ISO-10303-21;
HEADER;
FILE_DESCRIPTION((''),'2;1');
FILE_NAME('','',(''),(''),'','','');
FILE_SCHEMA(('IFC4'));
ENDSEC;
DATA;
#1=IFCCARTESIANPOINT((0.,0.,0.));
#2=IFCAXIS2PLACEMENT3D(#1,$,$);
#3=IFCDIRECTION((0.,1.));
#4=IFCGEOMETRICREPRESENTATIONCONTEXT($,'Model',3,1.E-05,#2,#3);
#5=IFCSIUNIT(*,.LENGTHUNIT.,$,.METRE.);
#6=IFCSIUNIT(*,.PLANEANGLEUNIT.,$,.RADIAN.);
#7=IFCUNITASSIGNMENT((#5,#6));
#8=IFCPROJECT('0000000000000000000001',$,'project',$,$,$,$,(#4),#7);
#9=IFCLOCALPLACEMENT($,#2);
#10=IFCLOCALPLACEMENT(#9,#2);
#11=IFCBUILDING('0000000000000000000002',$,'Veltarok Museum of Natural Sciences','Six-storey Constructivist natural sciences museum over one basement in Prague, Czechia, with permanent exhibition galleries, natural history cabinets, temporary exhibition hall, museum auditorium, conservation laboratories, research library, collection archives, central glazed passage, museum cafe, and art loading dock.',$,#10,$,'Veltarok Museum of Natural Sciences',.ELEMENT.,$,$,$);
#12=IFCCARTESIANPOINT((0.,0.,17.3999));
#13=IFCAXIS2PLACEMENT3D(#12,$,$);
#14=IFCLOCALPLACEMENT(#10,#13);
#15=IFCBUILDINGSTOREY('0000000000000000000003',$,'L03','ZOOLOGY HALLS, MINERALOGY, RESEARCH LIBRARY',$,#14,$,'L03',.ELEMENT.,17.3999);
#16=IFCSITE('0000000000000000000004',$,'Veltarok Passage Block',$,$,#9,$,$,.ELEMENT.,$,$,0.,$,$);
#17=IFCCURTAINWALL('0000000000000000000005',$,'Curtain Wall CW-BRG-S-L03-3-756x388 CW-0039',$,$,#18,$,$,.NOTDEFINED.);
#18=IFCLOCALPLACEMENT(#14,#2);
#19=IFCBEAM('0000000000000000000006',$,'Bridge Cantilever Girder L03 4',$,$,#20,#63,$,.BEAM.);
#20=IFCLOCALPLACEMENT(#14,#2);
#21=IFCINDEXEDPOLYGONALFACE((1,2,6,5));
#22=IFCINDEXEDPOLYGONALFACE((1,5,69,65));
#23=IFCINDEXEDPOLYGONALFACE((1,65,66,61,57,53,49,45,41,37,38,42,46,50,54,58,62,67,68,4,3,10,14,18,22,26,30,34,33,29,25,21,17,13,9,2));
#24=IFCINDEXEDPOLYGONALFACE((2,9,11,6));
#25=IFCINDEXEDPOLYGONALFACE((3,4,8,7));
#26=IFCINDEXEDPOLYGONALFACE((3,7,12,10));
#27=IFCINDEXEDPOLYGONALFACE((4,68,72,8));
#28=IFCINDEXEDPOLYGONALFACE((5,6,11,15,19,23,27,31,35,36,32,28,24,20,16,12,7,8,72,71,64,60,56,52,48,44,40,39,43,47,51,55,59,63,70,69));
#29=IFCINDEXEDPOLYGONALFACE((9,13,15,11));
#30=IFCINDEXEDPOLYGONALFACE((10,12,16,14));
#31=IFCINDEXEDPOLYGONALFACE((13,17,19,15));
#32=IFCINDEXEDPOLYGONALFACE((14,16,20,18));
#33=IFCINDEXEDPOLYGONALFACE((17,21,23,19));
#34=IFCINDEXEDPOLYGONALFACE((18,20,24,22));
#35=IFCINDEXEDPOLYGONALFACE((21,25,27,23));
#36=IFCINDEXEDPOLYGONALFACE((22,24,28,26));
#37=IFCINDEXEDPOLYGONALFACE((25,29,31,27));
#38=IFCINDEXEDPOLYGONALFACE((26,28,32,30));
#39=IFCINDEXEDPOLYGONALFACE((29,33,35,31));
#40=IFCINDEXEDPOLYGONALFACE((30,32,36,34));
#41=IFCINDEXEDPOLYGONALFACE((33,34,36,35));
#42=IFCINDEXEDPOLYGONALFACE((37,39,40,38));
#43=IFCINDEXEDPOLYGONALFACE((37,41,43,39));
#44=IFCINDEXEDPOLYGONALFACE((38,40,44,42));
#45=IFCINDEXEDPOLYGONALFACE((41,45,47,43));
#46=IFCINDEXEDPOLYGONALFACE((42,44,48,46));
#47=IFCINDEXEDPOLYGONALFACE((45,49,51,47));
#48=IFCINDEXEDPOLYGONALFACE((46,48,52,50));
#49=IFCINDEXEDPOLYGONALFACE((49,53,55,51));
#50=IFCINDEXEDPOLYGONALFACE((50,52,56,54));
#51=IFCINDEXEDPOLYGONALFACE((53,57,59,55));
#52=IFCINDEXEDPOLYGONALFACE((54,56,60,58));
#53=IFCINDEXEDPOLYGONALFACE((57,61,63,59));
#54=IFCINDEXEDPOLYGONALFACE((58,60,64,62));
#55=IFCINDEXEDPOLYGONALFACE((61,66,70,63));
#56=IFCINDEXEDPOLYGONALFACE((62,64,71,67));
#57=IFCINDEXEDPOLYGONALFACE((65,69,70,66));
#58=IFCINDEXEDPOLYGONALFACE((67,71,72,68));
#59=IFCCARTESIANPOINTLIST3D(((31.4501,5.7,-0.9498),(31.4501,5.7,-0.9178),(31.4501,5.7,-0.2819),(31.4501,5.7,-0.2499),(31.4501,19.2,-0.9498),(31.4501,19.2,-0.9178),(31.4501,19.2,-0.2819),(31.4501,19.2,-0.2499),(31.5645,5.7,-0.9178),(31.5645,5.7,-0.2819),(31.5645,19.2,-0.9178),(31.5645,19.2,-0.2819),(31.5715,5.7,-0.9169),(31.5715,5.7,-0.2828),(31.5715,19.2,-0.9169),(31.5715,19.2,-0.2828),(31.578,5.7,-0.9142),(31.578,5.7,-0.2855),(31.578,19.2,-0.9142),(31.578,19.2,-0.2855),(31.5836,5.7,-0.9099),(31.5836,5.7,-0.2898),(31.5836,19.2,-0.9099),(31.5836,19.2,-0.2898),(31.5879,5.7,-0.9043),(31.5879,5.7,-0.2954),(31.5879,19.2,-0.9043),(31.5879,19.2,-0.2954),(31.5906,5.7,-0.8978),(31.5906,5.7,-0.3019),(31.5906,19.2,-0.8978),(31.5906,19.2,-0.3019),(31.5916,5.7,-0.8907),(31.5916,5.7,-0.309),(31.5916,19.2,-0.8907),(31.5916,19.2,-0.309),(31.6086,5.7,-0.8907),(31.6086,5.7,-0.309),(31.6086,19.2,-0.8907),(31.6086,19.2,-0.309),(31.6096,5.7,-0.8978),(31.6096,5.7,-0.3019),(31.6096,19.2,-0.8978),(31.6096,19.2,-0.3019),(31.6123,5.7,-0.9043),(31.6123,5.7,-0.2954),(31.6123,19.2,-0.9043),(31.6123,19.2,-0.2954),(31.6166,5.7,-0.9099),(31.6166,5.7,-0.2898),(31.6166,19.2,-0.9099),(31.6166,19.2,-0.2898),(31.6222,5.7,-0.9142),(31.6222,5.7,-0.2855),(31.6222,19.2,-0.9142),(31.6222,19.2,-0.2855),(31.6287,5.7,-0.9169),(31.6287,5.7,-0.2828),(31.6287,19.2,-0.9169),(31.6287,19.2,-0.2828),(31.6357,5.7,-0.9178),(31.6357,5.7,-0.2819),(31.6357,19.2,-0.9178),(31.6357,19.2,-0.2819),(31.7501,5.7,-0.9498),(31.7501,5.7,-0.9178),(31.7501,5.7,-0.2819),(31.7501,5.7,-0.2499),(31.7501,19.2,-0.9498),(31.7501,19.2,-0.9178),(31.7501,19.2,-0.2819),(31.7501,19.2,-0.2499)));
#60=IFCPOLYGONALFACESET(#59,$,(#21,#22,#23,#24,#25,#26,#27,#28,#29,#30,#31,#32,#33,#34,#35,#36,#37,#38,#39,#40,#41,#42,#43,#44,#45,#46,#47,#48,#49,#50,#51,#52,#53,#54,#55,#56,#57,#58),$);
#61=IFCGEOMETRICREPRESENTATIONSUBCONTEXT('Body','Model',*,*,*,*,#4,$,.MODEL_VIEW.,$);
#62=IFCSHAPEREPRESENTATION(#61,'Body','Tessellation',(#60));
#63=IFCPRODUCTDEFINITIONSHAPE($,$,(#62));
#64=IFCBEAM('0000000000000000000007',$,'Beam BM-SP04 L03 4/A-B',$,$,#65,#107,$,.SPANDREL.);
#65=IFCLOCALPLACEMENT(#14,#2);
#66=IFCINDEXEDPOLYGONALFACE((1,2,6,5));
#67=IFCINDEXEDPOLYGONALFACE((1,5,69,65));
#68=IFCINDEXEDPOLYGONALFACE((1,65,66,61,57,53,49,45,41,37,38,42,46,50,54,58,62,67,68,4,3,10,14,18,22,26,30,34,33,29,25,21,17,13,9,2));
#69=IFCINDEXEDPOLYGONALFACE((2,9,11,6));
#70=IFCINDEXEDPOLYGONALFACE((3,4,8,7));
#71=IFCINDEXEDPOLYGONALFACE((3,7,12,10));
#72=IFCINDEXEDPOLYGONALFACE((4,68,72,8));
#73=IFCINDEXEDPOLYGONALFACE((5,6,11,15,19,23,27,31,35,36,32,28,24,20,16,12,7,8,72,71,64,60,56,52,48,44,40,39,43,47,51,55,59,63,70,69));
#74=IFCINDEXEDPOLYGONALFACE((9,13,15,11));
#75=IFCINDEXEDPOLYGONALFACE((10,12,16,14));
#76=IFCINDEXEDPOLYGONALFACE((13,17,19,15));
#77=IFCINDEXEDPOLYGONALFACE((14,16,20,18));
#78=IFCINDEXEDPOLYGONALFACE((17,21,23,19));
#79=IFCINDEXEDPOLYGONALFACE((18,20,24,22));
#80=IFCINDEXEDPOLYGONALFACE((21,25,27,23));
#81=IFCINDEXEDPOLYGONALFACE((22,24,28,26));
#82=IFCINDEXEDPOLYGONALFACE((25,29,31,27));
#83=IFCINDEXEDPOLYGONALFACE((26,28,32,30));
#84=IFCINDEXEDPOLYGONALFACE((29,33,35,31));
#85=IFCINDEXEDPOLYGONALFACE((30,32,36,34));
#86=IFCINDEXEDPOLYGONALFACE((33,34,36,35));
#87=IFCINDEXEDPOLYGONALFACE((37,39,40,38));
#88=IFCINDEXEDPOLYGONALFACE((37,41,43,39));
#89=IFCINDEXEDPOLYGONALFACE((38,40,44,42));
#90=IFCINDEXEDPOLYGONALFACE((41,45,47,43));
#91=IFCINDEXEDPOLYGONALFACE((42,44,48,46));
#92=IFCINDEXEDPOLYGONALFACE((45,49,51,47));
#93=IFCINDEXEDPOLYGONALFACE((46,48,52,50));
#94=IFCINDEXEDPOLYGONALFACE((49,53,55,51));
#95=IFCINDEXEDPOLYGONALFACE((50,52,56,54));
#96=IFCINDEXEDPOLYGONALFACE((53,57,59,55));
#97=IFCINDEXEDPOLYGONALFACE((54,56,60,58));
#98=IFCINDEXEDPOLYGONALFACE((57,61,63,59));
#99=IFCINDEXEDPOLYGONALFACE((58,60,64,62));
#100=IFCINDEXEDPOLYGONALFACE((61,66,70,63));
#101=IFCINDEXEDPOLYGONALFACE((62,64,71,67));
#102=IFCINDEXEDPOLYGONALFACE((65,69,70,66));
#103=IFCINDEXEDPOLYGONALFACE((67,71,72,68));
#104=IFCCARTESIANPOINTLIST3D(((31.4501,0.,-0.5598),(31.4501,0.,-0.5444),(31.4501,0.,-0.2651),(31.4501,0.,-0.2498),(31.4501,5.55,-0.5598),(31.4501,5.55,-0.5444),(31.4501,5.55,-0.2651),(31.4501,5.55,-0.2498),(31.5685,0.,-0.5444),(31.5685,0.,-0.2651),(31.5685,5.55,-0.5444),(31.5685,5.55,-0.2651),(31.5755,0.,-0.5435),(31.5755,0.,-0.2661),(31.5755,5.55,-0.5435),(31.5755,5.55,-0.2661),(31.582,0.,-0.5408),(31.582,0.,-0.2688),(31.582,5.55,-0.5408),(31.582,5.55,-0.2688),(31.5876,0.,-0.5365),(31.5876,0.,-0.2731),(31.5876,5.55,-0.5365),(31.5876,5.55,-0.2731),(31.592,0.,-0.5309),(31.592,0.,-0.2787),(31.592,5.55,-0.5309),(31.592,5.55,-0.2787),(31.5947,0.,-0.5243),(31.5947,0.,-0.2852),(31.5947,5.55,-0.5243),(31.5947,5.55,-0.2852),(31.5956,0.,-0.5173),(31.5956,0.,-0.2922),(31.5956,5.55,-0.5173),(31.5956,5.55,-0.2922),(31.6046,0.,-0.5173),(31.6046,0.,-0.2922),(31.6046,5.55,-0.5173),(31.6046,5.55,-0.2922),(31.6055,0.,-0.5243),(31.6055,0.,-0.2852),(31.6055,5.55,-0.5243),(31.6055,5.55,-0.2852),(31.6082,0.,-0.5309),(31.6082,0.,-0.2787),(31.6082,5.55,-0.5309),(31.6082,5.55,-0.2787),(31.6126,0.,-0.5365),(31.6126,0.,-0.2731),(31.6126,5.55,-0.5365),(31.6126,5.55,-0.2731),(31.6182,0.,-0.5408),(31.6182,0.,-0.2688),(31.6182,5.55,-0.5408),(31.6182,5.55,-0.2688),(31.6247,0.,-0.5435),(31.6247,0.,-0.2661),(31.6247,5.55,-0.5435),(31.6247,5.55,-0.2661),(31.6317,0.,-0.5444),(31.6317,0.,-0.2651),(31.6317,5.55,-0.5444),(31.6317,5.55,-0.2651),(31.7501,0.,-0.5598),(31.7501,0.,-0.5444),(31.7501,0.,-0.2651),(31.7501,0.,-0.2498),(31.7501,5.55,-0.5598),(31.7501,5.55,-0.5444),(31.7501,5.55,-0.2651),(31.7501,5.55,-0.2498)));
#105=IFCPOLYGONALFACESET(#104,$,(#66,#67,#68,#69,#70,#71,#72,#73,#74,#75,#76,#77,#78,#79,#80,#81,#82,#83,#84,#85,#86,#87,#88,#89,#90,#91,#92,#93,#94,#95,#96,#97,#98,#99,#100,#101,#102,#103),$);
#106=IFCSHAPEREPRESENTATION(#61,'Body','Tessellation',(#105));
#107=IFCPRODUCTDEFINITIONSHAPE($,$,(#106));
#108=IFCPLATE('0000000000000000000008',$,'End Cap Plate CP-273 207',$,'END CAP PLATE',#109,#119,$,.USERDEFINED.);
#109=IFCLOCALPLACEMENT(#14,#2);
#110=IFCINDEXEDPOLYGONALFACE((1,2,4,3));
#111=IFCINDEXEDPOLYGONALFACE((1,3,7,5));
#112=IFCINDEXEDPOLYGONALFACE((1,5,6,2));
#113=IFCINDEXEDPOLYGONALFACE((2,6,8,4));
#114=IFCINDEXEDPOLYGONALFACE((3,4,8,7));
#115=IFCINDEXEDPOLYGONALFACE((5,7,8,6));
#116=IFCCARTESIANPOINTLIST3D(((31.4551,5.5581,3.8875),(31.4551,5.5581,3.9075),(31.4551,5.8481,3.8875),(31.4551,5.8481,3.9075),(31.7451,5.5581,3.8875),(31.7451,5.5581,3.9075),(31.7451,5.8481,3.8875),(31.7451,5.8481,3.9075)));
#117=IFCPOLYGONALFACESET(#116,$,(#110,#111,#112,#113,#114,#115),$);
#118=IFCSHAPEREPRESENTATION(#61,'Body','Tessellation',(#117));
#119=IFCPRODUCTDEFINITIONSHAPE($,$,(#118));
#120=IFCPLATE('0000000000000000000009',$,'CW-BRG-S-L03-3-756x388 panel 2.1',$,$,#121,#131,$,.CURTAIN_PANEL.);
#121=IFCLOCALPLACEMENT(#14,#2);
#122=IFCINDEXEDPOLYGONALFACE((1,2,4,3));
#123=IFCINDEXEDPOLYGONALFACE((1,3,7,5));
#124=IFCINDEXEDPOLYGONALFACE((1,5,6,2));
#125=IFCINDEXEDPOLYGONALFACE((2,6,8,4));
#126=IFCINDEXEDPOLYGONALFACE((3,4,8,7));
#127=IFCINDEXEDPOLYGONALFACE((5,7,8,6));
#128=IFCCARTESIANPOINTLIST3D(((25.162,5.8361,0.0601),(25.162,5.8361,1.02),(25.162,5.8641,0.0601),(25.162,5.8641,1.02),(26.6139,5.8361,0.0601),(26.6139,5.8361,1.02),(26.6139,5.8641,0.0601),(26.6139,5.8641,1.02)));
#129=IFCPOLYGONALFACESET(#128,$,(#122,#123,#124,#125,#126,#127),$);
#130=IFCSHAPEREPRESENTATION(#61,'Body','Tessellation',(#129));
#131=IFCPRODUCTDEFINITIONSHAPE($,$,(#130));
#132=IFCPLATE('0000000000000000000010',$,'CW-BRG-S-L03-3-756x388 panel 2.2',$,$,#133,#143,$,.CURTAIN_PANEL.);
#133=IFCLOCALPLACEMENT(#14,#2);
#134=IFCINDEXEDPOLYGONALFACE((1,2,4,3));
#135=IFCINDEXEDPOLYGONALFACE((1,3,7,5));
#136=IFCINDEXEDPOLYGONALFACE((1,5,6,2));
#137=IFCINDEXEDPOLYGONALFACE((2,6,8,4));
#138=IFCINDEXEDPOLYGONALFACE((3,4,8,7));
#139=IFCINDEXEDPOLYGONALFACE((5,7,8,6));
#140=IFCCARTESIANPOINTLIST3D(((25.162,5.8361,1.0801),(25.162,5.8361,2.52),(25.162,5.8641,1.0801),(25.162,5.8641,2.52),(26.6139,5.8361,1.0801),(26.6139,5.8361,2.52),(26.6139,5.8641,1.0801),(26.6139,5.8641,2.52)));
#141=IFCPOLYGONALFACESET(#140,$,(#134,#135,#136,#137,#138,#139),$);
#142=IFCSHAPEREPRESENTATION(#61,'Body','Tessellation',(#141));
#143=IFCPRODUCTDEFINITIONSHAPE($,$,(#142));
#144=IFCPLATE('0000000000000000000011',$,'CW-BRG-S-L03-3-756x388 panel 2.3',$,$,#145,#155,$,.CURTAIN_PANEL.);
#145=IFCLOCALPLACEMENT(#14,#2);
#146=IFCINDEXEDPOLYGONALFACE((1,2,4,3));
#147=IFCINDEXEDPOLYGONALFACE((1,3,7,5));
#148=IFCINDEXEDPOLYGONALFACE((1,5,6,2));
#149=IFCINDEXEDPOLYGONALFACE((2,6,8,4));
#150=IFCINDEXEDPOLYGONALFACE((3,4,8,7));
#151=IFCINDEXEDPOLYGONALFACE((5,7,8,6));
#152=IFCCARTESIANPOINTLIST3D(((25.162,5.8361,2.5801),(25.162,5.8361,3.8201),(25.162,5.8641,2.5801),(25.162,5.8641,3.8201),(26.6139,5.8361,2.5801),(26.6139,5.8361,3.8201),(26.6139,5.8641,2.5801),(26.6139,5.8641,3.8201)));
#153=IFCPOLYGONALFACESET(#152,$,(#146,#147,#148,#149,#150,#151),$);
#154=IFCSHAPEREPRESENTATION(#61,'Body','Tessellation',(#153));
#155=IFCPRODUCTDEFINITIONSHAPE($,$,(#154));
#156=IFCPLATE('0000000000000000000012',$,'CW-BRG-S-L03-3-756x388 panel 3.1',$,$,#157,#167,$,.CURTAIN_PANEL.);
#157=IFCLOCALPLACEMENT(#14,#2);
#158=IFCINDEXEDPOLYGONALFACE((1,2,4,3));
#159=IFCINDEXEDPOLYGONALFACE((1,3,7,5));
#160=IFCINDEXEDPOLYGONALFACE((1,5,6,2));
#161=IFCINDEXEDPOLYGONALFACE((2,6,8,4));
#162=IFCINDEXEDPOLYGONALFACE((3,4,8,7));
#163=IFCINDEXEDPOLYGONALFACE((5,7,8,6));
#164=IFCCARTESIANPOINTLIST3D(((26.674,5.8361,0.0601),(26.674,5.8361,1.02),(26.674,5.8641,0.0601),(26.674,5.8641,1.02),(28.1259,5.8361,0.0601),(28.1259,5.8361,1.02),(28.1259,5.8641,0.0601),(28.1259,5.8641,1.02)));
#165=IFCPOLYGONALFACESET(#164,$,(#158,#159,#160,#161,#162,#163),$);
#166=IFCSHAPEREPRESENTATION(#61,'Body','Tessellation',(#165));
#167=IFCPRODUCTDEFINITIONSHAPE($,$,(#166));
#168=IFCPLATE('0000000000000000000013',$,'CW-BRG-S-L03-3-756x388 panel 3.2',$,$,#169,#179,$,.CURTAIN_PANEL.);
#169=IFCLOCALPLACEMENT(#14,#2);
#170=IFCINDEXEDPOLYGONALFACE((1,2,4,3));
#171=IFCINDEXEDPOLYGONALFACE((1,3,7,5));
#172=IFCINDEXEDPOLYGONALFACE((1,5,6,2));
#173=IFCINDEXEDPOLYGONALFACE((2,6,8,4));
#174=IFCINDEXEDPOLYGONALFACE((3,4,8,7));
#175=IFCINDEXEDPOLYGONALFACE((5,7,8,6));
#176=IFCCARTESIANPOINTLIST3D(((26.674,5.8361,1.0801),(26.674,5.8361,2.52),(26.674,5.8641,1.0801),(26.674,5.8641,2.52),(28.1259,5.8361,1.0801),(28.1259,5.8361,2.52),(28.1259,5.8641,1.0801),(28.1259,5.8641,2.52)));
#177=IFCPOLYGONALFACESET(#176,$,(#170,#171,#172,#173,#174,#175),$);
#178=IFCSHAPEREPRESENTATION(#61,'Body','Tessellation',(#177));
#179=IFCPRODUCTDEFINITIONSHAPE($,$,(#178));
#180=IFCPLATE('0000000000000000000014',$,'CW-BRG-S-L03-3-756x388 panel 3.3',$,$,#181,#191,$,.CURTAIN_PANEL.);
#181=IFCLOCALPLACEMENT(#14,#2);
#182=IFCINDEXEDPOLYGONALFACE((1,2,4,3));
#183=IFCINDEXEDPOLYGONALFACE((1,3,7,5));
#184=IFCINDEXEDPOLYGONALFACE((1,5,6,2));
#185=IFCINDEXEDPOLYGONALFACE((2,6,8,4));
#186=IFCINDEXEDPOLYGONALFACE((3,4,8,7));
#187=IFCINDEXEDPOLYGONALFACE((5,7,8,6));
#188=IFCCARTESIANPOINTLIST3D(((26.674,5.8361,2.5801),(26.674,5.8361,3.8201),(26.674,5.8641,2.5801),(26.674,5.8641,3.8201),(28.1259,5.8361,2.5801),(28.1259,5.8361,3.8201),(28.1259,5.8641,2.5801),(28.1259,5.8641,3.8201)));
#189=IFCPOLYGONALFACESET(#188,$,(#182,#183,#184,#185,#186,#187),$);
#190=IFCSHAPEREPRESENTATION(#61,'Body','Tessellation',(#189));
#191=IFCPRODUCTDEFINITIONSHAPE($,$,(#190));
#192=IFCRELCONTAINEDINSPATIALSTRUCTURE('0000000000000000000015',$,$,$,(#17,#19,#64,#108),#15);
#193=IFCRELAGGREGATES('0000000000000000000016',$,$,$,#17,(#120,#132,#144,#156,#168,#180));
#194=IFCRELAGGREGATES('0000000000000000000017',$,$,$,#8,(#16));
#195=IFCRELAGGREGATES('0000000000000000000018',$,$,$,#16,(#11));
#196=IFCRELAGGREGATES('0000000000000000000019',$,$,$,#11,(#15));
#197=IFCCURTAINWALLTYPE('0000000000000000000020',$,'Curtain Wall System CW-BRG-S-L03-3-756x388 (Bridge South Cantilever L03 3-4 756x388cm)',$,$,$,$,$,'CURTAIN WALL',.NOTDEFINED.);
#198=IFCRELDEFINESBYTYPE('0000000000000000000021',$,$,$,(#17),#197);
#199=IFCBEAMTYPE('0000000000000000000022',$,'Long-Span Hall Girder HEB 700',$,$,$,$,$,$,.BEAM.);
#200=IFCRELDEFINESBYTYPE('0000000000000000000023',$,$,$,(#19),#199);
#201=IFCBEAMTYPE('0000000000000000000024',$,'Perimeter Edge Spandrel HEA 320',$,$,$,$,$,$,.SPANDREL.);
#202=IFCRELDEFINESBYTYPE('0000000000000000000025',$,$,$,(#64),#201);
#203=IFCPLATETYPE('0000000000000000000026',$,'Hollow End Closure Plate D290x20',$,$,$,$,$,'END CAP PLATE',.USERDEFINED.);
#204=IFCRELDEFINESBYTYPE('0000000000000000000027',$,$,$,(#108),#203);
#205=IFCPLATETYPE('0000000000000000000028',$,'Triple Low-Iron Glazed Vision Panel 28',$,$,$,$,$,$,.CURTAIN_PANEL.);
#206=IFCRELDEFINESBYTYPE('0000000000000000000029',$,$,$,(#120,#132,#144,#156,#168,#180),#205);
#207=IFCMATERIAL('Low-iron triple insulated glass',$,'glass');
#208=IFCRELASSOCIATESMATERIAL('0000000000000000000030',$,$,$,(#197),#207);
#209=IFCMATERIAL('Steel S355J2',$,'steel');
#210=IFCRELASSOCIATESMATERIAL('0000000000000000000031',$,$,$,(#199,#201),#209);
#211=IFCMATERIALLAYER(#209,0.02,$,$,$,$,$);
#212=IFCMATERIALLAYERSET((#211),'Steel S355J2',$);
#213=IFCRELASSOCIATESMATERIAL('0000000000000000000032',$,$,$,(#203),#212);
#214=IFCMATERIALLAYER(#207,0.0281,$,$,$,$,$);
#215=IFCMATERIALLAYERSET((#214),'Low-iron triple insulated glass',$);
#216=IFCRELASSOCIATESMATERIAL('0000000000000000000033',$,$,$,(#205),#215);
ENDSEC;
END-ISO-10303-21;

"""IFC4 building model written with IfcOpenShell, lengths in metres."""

from ifc_helpers import new_model, si_unit, direction, frame, origin, origin_2d, place, context, subcontext, project, spatial, rectangle, i_section, extrude, material, layer, layer_set, material_profile, profile_set, type_object, element, aggregate, save


model = new_model("IFC4")

# Units and contexts
model_context = context("Model", 3, precision=1e-05, world=origin(), true_north=direction((0.0, 1.0)))
body_context = subcontext(model_context, "Body", "Model", "MODEL_VIEW")
ifc_project = project(units=[si_unit("LENGTHUNIT", "METRE"), si_unit("PLANEANGLEUNIT", "RADIAN")], contexts=[model_context])

# Site, building, storey
site_placement = place(None, origin())
site = spatial("IfcSite", under=ifc_project, at=site_placement, Name="Veltarok Passage Block", CompositionType="ELEMENT", RefElevation=0.0)
building_placement = place(site_placement, origin())
building = spatial("IfcBuilding", under=site, at=building_placement, Name="Veltarok Museum of Natural Sciences", Description="Six-storey Constructivist natural sciences museum over one basement in Prague, Czechia, with permanent exhibition galleries, natural history cabinets, temporary exhibition hall, museum auditorium, conservation laboratories, research library, collection archives, central glazed passage, museum cafe, and art loading dock.", LongName="Veltarok Museum of Natural Sciences", CompositionType="ELEMENT")
storey_placement = place(building_placement, frame((0.0, 0.0, 17.3999)))
storey = spatial("IfcBuildingStorey", under=building, at=storey_placement, Name="L03", Description="ZOOLOGY HALLS, MINERALOGY, RESEARCH LIBRARY", LongName="L03", CompositionType="ELEMENT", Elevation=17.3999)

# Shared definitions
ifc_material_1 = material(Name="Steel S355J2", Category="steel")

# Curtain wall
ifc_material_2 = material(Name="Low-iron triple insulated glass", Category="glass")
curtain_wall_type = type_object("IfcCurtainWallType", Name="Curtain Wall System CW-BRG-S-L03-3-756x388 (Bridge South Cantilever L03 3-4 756x388cm)", ElementType="CURTAIN WALL", PredefinedType="NOTDEFINED", material=ifc_material_2)
curtain_wall_placement = place(storey_placement, origin())
curtain_wall = element("IfcCurtainWall", 1, at=curtain_wall_placement, inside=storey, type_object=curtain_wall_type, Name="Curtain Wall CW-BRG-S-L03-3-756x388 CW-0039", PredefinedType="NOTDEFINED")

# Beams
ifc_material_profile_1 = material_profile(ifc_material_1, i_section(OverallWidth=0.3, OverallDepth=0.7, WebThickness=0.0171, FlangeThickness=0.032, FilletRadius=0.0271, at=origin_2d()), Name="HEB 700")
ifc_profile_set_1 = profile_set([ifc_material_profile_1], Name="Steel S355J2")
beam_type_1 = type_object("IfcBeamType", Name="Long-Span Hall Girder HEB 700", PredefinedType="BEAM", material=ifc_profile_set_1)
beam_1_placement = place(storey_placement, frame((31.6001, 5.7, -0.5999), z_axis=(0.0, 1.0, 0.0), x_axis=(-1.0, 0.0, 0.0)))
element("IfcBeam", 2, at=beam_1_placement, inside=storey, type_object=beam_type_1, Name="Bridge Cantilever Girder L03 4", PredefinedType="BEAM", context=body_context, shape_type="SweptSolid", body=[
    extrude(i_section(OverallWidth=0.3, OverallDepth=0.7, WebThickness=0.0171, FlangeThickness=0.032, FilletRadius=0.0271, at=origin_2d()), origin(), (0.0, 0.0, 1.0), 13.5),
])
ifc_material_profile_2 = material_profile(ifc_material_1, i_section(OverallWidth=0.3, OverallDepth=0.3101, WebThickness=0.009, FlangeThickness=0.0154, FilletRadius=0.0271, at=origin_2d()), Name="HEA 320")
ifc_profile_set_2 = profile_set([ifc_material_profile_2], Name="Steel S355J2")
beam_type_2 = type_object("IfcBeamType", Name="Perimeter Edge Spandrel HEA 320", PredefinedType="SPANDREL", material=ifc_profile_set_2)
beam_2_placement = place(storey_placement, frame((31.6001, 0.0, -0.4048), z_axis=(0.0, 1.0, 0.0), x_axis=(-1.0, 0.0, 0.0)))
element("IfcBeam", 3, at=beam_2_placement, inside=storey, type_object=beam_type_2, Name="Beam BM-SP04 L03 4/A-B", PredefinedType="SPANDREL", context=body_context, shape_type="SweptSolid", body=[
    extrude(i_section(OverallWidth=0.3, OverallDepth=0.3101, WebThickness=0.009, FlangeThickness=0.0154, FilletRadius=0.0271, at=origin_2d()), origin(), (0.0, 0.0, 1.0), 5.55),
])

# Plates
ifc_layer_1 = layer(ifc_material_1, 0.02)
ifc_layer_set_1 = layer_set([ifc_layer_1], Name="Steel S355J2")
plate_type_1 = type_object("IfcPlateType", Name="Hollow End Closure Plate D290x20", ElementType="END CAP PLATE", PredefinedType="USERDEFINED", material=ifc_layer_set_1)
plate_1_placement = place(storey_placement, frame((31.6001, 5.7031, 3.8875), z_axis=(0.0, 0.0, 1.0), x_axis=(0.0, 1.0, 0.0)))
element("IfcPlate", 4, at=plate_1_placement, inside=storey, type_object=plate_type_1, Name="End Cap Plate CP-273 207", ObjectType="END CAP PLATE", PredefinedType="USERDEFINED", context=body_context, shape_type="SweptSolid", body=[
    extrude(rectangle(XDim=0.29, YDim=0.29, at=origin_2d()), origin(), (0.0, 0.0, 1.0), 0.02),
])
ifc_layer_2 = layer(ifc_material_2, 0.0281)
ifc_layer_set_2 = layer_set([ifc_layer_2], Name="Low-iron triple insulated glass")
plate_type_2 = type_object("IfcPlateType", Name="Triple Low-Iron Glazed Vision Panel 28", PredefinedType="CURTAIN_PANEL", material=ifc_layer_set_2)
plate_2_placement = place(storey_placement, frame((25.8879, 5.8501, 0.0601), z_axis=(0.0, 0.0, 1.0), x_axis=(1.0, 0.0, 0.0)))
plate_2 = element("IfcPlate", 5, at=plate_2_placement, type_object=plate_type_2, Name="CW-BRG-S-L03-3-756x388 panel 2.1", PredefinedType="CURTAIN_PANEL", context=body_context, shape_type="SweptSolid", body=[
    extrude(rectangle(XDim=1.4519, YDim=0.0281, at=origin_2d()), origin(), (0.0, 0.0, 1.0), 0.96),
])
plate_3_placement = place(storey_placement, frame((25.8879, 5.8501, 1.0801), z_axis=(0.0, 0.0, 1.0), x_axis=(1.0, 0.0, 0.0)))
plate_3 = element("IfcPlate", 6, at=plate_3_placement, type_object=plate_type_2, Name="CW-BRG-S-L03-3-756x388 panel 2.2", PredefinedType="CURTAIN_PANEL", context=body_context, shape_type="SweptSolid", body=[
    extrude(rectangle(XDim=1.4519, YDim=0.0281, at=origin_2d()), origin(), (0.0, 0.0, 1.0), 1.4399),
])
plate_4_placement = place(storey_placement, frame((25.8879, 5.8501, 2.5801), z_axis=(0.0, 0.0, 1.0), x_axis=(1.0, 0.0, 0.0)))
plate_4 = element("IfcPlate", 7, at=plate_4_placement, type_object=plate_type_2, Name="CW-BRG-S-L03-3-756x388 panel 2.3", PredefinedType="CURTAIN_PANEL", context=body_context, shape_type="SweptSolid", body=[
    extrude(rectangle(XDim=1.4519, YDim=0.0281, at=origin_2d()), origin(), (0.0, 0.0, 1.0), 1.24),
])
plate_5_placement = place(storey_placement, frame((27.3999, 5.8501, 0.0601), z_axis=(0.0, 0.0, 1.0), x_axis=(1.0, 0.0, 0.0)))
plate_5 = element("IfcPlate", 8, at=plate_5_placement, type_object=plate_type_2, Name="CW-BRG-S-L03-3-756x388 panel 3.1", PredefinedType="CURTAIN_PANEL", context=body_context, shape_type="SweptSolid", body=[
    extrude(rectangle(XDim=1.4519, YDim=0.0281, at=origin_2d()), origin(), (0.0, 0.0, 1.0), 0.96),
])
plate_6_placement = place(storey_placement, frame((27.3999, 5.8501, 1.0801), z_axis=(0.0, 0.0, 1.0), x_axis=(1.0, 0.0, 0.0)))
plate_6 = element("IfcPlate", 9, at=plate_6_placement, type_object=plate_type_2, Name="CW-BRG-S-L03-3-756x388 panel 3.2", PredefinedType="CURTAIN_PANEL", context=body_context, shape_type="SweptSolid", body=[
    extrude(rectangle(XDim=1.4519, YDim=0.0281, at=origin_2d()), origin(), (0.0, 0.0, 1.0), 1.4399),
])
plate_7_placement = place(storey_placement, frame((27.3999, 5.8501, 2.5801), z_axis=(0.0, 0.0, 1.0), x_axis=(1.0, 0.0, 0.0)))
plate_7 = element("IfcPlate", 10, at=plate_7_placement, type_object=plate_type_2, Name="CW-BRG-S-L03-3-756x388 panel 3.3", PredefinedType="CURTAIN_PANEL", context=body_context, shape_type="SweptSolid", body=[
    extrude(rectangle(XDim=1.4519, YDim=0.0281, at=origin_2d()), origin(), (0.0, 0.0, 1.0), 1.24),
])
aggregate(curtain_wall, [plate_2, plate_3, plate_4, plate_5, plate_6, plate_7])

save(model, "model.ifc")
